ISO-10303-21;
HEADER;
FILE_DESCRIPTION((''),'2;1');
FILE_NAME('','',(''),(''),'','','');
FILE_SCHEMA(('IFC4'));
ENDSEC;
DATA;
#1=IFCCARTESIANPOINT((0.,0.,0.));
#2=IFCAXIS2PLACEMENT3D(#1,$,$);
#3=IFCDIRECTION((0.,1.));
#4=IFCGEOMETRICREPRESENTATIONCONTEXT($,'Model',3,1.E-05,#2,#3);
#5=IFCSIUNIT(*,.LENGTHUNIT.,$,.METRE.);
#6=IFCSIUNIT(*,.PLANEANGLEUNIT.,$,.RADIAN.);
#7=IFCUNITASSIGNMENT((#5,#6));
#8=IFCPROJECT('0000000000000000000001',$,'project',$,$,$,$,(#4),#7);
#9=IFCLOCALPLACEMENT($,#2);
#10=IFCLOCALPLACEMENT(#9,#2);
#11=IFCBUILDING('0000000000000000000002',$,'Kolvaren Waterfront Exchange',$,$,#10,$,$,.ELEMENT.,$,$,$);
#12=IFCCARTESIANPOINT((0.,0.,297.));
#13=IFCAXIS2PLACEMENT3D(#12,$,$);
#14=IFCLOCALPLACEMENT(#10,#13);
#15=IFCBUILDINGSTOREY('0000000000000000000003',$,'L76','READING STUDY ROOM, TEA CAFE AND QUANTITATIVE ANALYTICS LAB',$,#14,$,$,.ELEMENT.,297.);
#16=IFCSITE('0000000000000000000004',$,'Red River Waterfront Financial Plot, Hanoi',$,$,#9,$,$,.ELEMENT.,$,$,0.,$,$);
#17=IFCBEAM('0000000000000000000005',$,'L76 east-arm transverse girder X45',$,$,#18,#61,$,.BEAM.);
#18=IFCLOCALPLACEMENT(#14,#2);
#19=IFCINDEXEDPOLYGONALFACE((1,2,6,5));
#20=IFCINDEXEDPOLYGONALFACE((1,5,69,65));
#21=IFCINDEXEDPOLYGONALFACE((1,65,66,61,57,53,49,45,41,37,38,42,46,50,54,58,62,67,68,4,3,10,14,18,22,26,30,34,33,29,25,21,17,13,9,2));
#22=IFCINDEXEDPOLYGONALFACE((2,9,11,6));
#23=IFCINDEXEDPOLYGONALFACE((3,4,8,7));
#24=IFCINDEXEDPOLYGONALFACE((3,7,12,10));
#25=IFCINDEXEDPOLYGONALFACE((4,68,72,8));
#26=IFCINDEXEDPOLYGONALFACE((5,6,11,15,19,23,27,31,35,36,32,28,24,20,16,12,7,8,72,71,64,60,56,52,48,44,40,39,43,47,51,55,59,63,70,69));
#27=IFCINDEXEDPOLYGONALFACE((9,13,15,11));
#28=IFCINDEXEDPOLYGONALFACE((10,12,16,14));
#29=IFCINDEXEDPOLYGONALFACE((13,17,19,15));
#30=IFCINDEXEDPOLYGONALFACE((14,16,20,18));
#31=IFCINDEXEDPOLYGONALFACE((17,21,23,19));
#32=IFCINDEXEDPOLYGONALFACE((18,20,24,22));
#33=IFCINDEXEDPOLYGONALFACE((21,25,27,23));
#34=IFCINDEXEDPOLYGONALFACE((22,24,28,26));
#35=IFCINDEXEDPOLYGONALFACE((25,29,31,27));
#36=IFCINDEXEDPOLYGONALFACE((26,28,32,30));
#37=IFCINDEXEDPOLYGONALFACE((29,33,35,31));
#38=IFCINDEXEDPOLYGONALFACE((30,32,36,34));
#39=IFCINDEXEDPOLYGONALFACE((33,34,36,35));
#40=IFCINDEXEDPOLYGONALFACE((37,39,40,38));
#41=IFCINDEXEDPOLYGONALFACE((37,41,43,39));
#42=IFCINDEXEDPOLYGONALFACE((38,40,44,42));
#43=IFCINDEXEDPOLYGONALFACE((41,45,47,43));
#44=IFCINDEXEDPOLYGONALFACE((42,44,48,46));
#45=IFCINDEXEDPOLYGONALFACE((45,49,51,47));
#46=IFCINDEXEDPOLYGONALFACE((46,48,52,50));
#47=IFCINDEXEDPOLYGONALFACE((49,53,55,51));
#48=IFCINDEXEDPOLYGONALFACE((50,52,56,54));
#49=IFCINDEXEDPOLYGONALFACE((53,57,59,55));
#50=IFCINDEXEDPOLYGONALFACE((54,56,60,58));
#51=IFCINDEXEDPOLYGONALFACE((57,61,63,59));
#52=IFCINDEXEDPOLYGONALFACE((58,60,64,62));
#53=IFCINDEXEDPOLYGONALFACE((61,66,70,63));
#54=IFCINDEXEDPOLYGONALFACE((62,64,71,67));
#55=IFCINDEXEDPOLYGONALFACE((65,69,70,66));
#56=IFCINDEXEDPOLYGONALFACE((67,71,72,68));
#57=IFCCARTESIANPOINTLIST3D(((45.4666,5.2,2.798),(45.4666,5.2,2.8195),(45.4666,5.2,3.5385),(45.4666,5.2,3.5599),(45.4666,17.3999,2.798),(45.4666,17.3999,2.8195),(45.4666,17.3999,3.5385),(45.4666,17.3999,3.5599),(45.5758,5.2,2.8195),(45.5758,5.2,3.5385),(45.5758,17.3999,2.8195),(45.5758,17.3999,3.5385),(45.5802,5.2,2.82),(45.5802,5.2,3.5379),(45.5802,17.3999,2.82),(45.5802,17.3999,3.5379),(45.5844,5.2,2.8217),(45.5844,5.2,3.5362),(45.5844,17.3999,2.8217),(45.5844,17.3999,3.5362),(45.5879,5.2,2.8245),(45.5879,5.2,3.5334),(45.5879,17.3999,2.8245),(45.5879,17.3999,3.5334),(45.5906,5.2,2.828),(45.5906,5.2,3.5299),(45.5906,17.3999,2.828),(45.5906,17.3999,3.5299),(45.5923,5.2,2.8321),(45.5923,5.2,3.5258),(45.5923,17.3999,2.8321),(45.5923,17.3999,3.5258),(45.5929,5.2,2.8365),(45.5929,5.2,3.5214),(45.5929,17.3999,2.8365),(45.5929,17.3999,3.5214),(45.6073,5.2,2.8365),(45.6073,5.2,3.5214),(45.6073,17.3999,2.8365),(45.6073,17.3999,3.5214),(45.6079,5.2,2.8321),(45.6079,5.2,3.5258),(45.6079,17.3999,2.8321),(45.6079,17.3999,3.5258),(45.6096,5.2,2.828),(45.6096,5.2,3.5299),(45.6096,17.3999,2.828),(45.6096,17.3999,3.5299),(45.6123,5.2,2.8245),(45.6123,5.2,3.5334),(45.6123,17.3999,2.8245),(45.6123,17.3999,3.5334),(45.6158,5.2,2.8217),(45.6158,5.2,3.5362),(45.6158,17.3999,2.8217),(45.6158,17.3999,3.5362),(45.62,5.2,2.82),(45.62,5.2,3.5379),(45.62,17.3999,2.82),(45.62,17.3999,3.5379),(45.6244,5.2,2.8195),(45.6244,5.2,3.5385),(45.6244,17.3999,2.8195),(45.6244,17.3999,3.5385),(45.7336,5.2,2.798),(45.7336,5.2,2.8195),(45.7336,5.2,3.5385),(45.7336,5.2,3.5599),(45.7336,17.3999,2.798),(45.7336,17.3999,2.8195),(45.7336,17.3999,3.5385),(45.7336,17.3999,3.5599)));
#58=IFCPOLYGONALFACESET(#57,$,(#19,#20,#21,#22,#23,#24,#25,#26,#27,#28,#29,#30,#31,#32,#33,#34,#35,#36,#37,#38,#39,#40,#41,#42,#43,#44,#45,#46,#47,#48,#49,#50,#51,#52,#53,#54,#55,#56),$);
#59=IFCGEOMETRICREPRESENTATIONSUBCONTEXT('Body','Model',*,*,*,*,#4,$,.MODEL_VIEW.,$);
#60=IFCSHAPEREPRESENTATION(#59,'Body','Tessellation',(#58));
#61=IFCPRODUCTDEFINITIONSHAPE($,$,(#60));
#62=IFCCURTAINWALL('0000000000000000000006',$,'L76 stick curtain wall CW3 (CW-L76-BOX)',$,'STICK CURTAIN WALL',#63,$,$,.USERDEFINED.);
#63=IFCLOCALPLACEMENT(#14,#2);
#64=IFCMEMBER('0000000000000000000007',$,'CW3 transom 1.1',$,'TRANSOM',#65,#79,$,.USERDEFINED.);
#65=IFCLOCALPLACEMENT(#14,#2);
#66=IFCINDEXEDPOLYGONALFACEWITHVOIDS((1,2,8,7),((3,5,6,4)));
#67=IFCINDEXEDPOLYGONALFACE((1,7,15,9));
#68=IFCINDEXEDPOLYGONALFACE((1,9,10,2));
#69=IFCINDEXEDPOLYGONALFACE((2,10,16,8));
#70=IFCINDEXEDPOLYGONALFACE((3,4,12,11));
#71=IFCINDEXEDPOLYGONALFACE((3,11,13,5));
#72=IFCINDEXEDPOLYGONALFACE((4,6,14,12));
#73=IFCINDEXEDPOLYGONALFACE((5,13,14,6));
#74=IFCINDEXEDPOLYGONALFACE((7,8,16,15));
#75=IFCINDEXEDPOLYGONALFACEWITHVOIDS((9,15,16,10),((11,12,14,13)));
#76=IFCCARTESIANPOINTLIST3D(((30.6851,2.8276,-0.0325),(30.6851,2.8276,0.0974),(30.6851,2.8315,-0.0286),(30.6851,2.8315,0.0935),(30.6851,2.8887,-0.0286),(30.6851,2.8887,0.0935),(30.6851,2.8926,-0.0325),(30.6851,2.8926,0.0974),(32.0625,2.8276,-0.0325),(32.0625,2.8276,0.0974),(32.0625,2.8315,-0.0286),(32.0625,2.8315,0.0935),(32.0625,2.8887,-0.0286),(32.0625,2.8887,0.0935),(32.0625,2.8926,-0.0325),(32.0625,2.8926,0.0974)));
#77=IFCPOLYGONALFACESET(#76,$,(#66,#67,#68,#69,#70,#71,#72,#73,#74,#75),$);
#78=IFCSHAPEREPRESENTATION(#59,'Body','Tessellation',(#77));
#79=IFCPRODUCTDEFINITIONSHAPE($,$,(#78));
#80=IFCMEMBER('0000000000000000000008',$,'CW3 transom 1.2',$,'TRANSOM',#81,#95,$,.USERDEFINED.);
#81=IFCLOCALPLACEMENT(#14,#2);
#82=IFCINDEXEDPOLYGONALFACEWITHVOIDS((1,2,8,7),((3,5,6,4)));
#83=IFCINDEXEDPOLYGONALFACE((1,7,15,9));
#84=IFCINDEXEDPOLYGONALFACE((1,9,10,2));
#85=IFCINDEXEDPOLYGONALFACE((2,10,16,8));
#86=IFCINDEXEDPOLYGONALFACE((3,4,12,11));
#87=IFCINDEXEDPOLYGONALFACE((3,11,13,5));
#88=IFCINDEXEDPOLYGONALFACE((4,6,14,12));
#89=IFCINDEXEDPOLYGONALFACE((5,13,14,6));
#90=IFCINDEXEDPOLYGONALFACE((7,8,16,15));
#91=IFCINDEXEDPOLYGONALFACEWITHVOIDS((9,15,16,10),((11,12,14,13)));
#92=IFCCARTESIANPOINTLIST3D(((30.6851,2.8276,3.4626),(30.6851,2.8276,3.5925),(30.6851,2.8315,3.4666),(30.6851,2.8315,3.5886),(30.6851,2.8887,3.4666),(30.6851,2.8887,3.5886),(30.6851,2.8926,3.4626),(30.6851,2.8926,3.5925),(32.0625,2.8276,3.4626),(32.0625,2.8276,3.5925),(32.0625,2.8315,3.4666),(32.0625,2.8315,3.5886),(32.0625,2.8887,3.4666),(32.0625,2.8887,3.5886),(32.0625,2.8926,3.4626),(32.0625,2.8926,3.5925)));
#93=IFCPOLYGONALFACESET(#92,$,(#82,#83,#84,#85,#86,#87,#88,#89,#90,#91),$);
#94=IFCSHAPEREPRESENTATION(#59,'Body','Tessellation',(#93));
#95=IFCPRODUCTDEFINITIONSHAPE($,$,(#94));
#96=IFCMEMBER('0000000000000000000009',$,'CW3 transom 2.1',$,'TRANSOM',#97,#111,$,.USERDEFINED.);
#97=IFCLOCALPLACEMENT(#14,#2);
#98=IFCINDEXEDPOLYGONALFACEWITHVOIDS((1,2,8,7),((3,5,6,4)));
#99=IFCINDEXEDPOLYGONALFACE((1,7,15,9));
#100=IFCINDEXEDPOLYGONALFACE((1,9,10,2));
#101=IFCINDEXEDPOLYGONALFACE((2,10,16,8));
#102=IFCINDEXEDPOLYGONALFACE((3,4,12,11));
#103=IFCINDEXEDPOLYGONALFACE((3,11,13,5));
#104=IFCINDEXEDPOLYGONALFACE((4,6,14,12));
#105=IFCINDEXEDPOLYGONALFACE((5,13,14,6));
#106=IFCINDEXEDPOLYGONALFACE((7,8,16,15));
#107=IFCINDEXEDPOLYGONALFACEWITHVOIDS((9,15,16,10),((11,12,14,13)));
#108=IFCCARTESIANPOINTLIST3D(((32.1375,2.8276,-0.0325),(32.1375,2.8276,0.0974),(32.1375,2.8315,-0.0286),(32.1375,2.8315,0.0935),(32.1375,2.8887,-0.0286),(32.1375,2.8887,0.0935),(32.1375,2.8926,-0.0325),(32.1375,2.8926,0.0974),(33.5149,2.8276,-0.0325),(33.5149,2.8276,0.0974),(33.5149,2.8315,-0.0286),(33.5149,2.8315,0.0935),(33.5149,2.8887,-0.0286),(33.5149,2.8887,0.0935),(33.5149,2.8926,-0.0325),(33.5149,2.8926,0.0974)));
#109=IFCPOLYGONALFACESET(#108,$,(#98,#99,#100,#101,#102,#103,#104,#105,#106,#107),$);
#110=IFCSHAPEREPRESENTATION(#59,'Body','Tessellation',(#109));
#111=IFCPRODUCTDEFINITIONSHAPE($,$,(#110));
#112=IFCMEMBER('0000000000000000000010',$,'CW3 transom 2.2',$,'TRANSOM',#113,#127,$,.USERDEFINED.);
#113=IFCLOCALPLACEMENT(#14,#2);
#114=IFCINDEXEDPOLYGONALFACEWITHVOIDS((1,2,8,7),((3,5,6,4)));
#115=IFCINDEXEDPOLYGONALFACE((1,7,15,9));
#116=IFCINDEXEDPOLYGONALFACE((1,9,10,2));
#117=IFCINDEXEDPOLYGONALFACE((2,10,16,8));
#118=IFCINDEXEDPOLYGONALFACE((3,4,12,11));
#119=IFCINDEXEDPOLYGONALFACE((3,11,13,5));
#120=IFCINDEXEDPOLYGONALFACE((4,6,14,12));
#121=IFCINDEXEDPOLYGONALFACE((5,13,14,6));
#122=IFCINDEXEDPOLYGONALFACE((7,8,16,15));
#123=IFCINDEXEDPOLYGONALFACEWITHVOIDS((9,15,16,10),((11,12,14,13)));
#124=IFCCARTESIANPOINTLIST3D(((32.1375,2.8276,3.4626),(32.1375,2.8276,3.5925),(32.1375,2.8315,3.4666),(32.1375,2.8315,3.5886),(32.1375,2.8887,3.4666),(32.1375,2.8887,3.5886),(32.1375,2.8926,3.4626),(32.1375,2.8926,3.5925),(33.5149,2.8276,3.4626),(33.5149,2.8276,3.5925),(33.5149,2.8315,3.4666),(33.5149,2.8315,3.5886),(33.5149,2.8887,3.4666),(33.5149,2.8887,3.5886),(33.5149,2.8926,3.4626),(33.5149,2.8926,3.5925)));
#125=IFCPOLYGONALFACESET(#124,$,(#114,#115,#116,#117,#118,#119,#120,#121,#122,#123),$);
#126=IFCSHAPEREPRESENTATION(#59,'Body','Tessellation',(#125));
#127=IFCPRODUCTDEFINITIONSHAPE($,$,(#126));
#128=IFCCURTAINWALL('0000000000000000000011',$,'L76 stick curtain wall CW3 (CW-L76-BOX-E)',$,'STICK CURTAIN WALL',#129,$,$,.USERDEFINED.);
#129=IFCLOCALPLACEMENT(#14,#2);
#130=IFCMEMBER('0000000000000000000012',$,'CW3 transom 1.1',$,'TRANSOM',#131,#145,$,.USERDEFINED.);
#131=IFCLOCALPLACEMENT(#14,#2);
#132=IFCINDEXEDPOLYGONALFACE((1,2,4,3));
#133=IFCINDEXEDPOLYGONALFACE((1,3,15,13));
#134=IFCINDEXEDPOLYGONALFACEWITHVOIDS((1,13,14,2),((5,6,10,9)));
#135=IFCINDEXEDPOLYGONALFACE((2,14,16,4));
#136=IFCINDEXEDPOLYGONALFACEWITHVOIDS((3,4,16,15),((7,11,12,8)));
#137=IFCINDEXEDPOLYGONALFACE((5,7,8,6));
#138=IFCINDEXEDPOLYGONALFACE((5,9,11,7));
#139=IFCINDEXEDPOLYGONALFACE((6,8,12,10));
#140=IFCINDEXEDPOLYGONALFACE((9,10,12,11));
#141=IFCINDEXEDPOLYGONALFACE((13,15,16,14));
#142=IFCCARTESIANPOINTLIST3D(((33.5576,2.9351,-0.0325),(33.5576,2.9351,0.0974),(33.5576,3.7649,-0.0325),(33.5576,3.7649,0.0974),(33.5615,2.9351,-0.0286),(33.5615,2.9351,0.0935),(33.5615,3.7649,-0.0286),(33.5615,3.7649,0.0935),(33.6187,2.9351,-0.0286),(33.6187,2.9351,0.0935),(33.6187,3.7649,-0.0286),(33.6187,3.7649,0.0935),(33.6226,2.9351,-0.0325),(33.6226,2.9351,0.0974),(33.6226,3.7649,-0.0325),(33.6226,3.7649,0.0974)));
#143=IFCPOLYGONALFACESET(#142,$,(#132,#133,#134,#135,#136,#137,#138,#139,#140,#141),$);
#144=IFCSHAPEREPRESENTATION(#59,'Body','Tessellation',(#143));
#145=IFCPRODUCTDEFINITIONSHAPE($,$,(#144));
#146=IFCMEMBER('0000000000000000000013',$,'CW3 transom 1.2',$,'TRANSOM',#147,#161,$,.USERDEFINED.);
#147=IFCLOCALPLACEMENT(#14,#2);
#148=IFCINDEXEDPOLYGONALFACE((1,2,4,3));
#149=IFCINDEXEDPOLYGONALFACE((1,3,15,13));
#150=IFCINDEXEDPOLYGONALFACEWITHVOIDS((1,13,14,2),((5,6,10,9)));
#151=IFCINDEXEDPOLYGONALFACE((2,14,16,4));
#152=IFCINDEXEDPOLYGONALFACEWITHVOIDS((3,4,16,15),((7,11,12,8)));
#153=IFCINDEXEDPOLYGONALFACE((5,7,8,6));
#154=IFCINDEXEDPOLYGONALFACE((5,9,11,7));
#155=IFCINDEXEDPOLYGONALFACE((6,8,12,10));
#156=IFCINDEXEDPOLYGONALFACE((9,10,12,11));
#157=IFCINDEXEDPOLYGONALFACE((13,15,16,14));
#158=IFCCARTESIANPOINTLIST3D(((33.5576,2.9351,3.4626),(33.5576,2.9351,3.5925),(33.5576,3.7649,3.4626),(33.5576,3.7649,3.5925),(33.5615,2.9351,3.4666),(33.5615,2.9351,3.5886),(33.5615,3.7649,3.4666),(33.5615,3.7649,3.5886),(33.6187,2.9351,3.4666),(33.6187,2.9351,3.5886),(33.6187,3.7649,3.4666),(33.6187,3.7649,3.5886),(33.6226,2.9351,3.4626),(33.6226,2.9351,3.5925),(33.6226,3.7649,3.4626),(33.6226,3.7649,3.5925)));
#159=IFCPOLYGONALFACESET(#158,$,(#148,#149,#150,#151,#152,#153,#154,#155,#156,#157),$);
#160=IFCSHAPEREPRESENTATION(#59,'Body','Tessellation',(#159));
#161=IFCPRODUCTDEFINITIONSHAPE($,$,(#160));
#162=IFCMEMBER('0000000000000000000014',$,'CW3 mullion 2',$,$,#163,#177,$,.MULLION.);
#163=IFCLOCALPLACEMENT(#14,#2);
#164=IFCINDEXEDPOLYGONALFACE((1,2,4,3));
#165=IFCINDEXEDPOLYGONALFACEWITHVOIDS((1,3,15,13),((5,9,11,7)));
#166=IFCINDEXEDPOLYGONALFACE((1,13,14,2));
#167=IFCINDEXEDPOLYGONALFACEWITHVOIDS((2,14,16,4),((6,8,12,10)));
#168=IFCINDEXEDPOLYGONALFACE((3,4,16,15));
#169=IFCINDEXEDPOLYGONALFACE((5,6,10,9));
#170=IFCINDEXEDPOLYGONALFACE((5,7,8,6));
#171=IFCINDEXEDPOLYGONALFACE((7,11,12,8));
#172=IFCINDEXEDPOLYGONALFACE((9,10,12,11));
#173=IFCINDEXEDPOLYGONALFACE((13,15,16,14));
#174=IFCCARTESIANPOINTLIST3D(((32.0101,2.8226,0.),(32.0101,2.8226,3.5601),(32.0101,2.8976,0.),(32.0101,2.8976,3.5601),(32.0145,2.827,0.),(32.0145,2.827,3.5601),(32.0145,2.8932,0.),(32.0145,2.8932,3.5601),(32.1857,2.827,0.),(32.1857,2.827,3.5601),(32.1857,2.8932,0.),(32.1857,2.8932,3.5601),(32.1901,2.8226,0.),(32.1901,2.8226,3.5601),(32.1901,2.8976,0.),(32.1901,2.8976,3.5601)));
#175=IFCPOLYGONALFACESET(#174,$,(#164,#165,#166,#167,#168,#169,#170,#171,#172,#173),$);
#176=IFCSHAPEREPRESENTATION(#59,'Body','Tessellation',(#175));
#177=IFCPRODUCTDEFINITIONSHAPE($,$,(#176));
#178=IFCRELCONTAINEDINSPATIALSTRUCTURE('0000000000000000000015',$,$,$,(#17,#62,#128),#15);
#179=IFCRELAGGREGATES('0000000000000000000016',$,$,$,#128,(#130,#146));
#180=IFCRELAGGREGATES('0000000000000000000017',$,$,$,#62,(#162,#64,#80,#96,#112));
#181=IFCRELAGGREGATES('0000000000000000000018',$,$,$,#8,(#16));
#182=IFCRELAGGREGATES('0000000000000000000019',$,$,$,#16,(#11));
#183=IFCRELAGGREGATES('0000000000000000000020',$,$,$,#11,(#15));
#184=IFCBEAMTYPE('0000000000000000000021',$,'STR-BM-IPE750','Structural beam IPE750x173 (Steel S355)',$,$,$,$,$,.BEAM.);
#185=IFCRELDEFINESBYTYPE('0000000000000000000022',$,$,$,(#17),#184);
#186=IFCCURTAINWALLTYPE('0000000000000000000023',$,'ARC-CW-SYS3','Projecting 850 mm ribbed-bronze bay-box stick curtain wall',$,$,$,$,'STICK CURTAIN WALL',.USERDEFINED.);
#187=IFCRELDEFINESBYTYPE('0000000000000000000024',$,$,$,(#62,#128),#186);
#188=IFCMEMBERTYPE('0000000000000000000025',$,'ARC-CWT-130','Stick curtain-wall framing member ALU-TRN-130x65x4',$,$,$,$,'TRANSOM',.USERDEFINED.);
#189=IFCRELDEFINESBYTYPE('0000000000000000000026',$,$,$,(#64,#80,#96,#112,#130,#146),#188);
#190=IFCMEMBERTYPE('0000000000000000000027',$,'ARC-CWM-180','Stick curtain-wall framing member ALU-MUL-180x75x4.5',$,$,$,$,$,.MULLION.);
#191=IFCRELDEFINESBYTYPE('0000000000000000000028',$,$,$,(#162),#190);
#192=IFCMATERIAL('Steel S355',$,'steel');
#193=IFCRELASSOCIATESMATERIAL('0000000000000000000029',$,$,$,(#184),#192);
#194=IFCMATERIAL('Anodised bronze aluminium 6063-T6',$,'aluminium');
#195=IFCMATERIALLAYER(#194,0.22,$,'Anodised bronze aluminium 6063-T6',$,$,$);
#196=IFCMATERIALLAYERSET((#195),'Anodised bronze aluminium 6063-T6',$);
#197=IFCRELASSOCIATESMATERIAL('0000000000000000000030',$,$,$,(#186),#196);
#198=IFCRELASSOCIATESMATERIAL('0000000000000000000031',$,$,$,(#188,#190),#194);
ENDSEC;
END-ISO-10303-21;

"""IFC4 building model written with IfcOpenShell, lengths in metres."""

from ifc_helpers import new_model, si_unit, direction, frame, origin, origin_with_axes, origin_2d, place, context, subcontext, project, spatial, hollow_rectangle, i_section, extrude, source, transform, mapped, material, layer, layer_set, material_profile, profile_set, type_object, element, aggregate, save


model = new_model("IFC4")

# Units and contexts
model_context = context("Model", 3, precision=1e-05, world=origin(), true_north=direction((0.0, 1.0)))
body_context = subcontext(model_context, "Body", "Model", "MODEL_VIEW")
ifc_project = project(units=[si_unit("LENGTHUNIT", "METRE"), si_unit("PLANEANGLEUNIT", "RADIAN")], contexts=[model_context])

# Site, building, storey
site_placement = place(None, origin())
site = spatial("IfcSite", under=ifc_project, at=site_placement, Name="Red River Waterfront Financial Plot, Hanoi", CompositionType="ELEMENT", RefElevation=0.0)
building_placement = place(site_placement, origin())
building = spatial("IfcBuilding", under=site, at=building_placement, Name="Kolvaren Waterfront Exchange", CompositionType="ELEMENT")
storey_placement = place(building_placement, frame((0.0, 0.0, 297.0)))
storey = spatial("IfcBuildingStorey", under=building, at=storey_placement, Name="L76", Description="READING STUDY ROOM, TEA CAFE AND QUANTITATIVE ANALYTICS LAB", CompositionType="ELEMENT", Elevation=297.0)

# Beam
ifc_material_1 = material(Name="Steel S355", Category="steel")
ifc_material_profile_1 = material_profile(ifc_material_1, i_section(OverallWidth=0.2671, OverallDepth=0.762, WebThickness=0.0144, FlangeThickness=0.0215, FilletRadius=0.0171, at=origin_2d()), Name="IPE750x173")
ifc_profile_set_1 = profile_set([ifc_material_profile_1], Name="Steel S355")
beam_type_1 = type_object("IfcBeamType", Name="STR-BM-IPE750", Description="Structural beam IPE750x173 (Steel S355)", PredefinedType="BEAM", material=ifc_profile_set_1)
for number, where, z_axis, x_axis, name in (
    (1, (45.6001, 5.2, 3.179), (0.0, 1.0, 0.0), (-1.0, 0.0, 0.0), "L76 east-arm transverse girder X45"),
):
    element("IfcBeam", number, at=place(storey_placement, frame(where, z_axis=z_axis, x_axis=x_axis)), inside=storey, type_object=beam_type_1, Name=name, PredefinedType="BEAM", context=body_context, shape_type="SweptSolid", body=[
        extrude(i_section(OverallWidth=0.2671, OverallDepth=0.762, WebThickness=0.0144, FlangeThickness=0.0215, FilletRadius=0.0171, at=origin_2d()), origin(), (0.0, 0.0, 1.0), 12.2),
    ])

# Curtain walls, members
ifc_material_2 = material(Name="Anodised bronze aluminium 6063-T6", Category="aluminium")
ifc_layer_1 = layer(ifc_material_2, 0.22, Name="Anodised bronze aluminium 6063-T6")
ifc_layer_set_1 = layer_set([ifc_layer_1], Name="Anodised bronze aluminium 6063-T6")
curtain_wall_type_1 = type_object("IfcCurtainWallType", Name="ARC-CW-SYS3", Description="Projecting 850 mm ribbed-bronze bay-box stick curtain wall", ElementType="STICK CURTAIN WALL", PredefinedType="USERDEFINED", material=ifc_layer_set_1)
curtain_wall_1_placement = place(storey_placement, origin())
curtain_wall_1 = element("IfcCurtainWall", 2, at=curtain_wall_1_placement, inside=storey, type_object=curtain_wall_type_1, Name="L76 stick curtain wall CW3 (CW-L76-BOX)", ObjectType="STICK CURTAIN WALL", PredefinedType="USERDEFINED")
ifc_material_profile_2 = material_profile(ifc_material_2, hollow_rectangle(XDim=0.0649, YDim=0.1299, WallThickness=0.0039, at=origin_2d()), Name="ALU-TRN-130x65x4")
ifc_profile_set_2 = profile_set([ifc_material_profile_2], Name="Anodised bronze aluminium 6063-T6")
member_type_1 = type_object("IfcMemberType", Name="ARC-CWT-130", Description="Stick curtain-wall framing member ALU-TRN-130x65x4", ElementType="TRANSOM", PredefinedType="USERDEFINED", material=ifc_profile_set_2)
shared_shape_1 = source(origin_with_axes(), body_context, "Body", "SweptSolid", [
    extrude(hollow_rectangle(XDim=0.0649, YDim=0.1299, WallThickness=0.0039, at=origin_2d()), origin(), (0.0, 0.0, 1.0), 1.3774),
])
member_1_placement = place(storey_placement, frame((30.6851, 2.8601, 0.0325), z_axis=(1.0, 0.0, 0.0), x_axis=(0.0, 1.0, 0.0)))
member_1 = element("IfcMember", 3, at=member_1_placement, type_object=member_type_1, Name="CW3 transom 1.1", ObjectType="TRANSOM", PredefinedType="USERDEFINED", context=body_context, shape_type="MappedRepresentation", body=[
    mapped(shared_shape_1, transform((0.0, 0.0, 0.0), x_axis=(1.0, 0.0, 0.0), y_axis=(0.0, 1.0, 0.0), z_axis=(0.0, 0.0, 1.0), scale=1.0)),
])
member_2_placement = place(storey_placement, frame((30.6851, 2.8601, 3.5276), z_axis=(1.0, 0.0, 0.0), x_axis=(0.0, 1.0, 0.0)))
member_2 = element("IfcMember", 4, at=member_2_placement, type_object=member_type_1, Name="CW3 transom 1.2", ObjectType="TRANSOM", PredefinedType="USERDEFINED", context=body_context, shape_type="MappedRepresentation", body=[
    mapped(shared_shape_1, transform((0.0, 0.0, 0.0), x_axis=(1.0, 0.0, 0.0), y_axis=(0.0, 1.0, 0.0), z_axis=(0.0, 0.0, 1.0), scale=1.0)),
])
member_3_placement = place(storey_placement, frame((32.1375, 2.8601, 0.0325), z_axis=(1.0, 0.0, 0.0), x_axis=(0.0, 1.0, 0.0)))
member_3 = element("IfcMember", 5, at=member_3_placement, type_object=member_type_1, Name="CW3 transom 2.1", ObjectType="TRANSOM", PredefinedType="USERDEFINED", context=body_context, shape_type="MappedRepresentation", body=[
    mapped(shared_shape_1, transform((0.0, 0.0, 0.0), x_axis=(1.0, 0.0, 0.0), y_axis=(0.0, 1.0, 0.0), z_axis=(0.0, 0.0, 1.0), scale=1.0)),
])
member_4_placement = place(storey_placement, frame((32.1375, 2.8601, 3.5276), z_axis=(1.0, 0.0, 0.0), x_axis=(0.0, 1.0, 0.0)))
member_4 = element("IfcMember", 6, at=member_4_placement, type_object=member_type_1, Name="CW3 transom 2.2", ObjectType="TRANSOM", PredefinedType="USERDEFINED", context=body_context, shape_type="MappedRepresentation", body=[
    mapped(shared_shape_1, transform((0.0, 0.0, 0.0), x_axis=(1.0, 0.0, 0.0), y_axis=(0.0, 1.0, 0.0), z_axis=(0.0, 0.0, 1.0), scale=1.0)),
])
curtain_wall_2_placement = place(storey_placement, origin())
curtain_wall_2 = element("IfcCurtainWall", 7, at=curtain_wall_2_placement, inside=storey, type_object=curtain_wall_type_1, Name="L76 stick curtain wall CW3 (CW-L76-BOX-E)", ObjectType="STICK CURTAIN WALL", PredefinedType="USERDEFINED")
shared_shape_2 = source(origin_with_axes(), body_context, "Body", "SweptSolid", [
    extrude(hollow_rectangle(XDim=0.0649, YDim=0.1299, WallThickness=0.0039, at=origin_2d()), origin(), (0.0, 0.0, 1.0), 0.8298),
])
member_5_placement = place(storey_placement, frame((33.5901, 2.9351, 0.0325), z_axis=(0.0, 1.0, 0.0), x_axis=(-1.0, 0.0, 0.0)))
member_5 = element("IfcMember", 8, at=member_5_placement, type_object=member_type_1, Name="CW3 transom 1.1", ObjectType="TRANSOM", PredefinedType="USERDEFINED", context=body_context, shape_type="MappedRepresentation", body=[
    mapped(shared_shape_2, transform((0.0, 0.0, 0.0), x_axis=(1.0, 0.0, 0.0), y_axis=(0.0, 1.0, 0.0), z_axis=(0.0, 0.0, 1.0), scale=1.0)),
])
member_6_placement = place(storey_placement, frame((33.5901, 2.9351, 3.5276), z_axis=(0.0, 1.0, 0.0), x_axis=(-1.0, 0.0, 0.0)))
member_6 = element("IfcMember", 9, at=member_6_placement, type_object=member_type_1, Name="CW3 transom 1.2", ObjectType="TRANSOM", PredefinedType="USERDEFINED", context=body_context, shape_type="MappedRepresentation", body=[
    mapped(shared_shape_2, transform((0.0, 0.0, 0.0), x_axis=(1.0, 0.0, 0.0), y_axis=(0.0, 1.0, 0.0), z_axis=(0.0, 0.0, 1.0), scale=1.0)),
])

# Member
ifc_material_profile_3 = material_profile(ifc_material_2, hollow_rectangle(XDim=0.075, YDim=0.1799, WallThickness=0.0044, at=origin_2d()), Name="ALU-MUL-180x75x4.5")
ifc_profile_set_3 = profile_set([ifc_material_profile_3], Name="Anodised bronze aluminium 6063-T6")
member_type_2 = type_object("IfcMemberType", Name="ARC-CWM-180", Description="Stick curtain-wall framing member ALU-MUL-180x75x4.5", PredefinedType="MULLION", material=ifc_profile_set_3)
shared_shape_3 = source(origin_with_axes(), body_context, "Body", "SweptSolid", [
    extrude(hollow_rectangle(XDim=0.075, YDim=0.1799, WallThickness=0.0044, at=origin_2d()), origin(), (0.0, 0.0, 1.0), 3.5601),
])
member_7_placement = place(storey_placement, frame((32.1001, 2.8601, 0.0), z_axis=(0.0, 0.0, 1.0), x_axis=(0.0, 1.0, 0.0)))
member_7 = element("IfcMember", 10, at=member_7_placement, type_object=member_type_2, Name="CW3 mullion 2", PredefinedType="MULLION", context=body_context, shape_type="MappedRepresentation", body=[
    mapped(shared_shape_3, transform((0.0, 0.0, 0.0), x_axis=(1.0, 0.0, 0.0), y_axis=(0.0, 1.0, 0.0), z_axis=(0.0, 0.0, 1.0), scale=1.0)),
])

aggregate(curtain_wall_2, [member_5, member_6])
aggregate(curtain_wall_1, [member_7, member_1, member_2, member_3, member_4])

save(model, "model.ifc")
